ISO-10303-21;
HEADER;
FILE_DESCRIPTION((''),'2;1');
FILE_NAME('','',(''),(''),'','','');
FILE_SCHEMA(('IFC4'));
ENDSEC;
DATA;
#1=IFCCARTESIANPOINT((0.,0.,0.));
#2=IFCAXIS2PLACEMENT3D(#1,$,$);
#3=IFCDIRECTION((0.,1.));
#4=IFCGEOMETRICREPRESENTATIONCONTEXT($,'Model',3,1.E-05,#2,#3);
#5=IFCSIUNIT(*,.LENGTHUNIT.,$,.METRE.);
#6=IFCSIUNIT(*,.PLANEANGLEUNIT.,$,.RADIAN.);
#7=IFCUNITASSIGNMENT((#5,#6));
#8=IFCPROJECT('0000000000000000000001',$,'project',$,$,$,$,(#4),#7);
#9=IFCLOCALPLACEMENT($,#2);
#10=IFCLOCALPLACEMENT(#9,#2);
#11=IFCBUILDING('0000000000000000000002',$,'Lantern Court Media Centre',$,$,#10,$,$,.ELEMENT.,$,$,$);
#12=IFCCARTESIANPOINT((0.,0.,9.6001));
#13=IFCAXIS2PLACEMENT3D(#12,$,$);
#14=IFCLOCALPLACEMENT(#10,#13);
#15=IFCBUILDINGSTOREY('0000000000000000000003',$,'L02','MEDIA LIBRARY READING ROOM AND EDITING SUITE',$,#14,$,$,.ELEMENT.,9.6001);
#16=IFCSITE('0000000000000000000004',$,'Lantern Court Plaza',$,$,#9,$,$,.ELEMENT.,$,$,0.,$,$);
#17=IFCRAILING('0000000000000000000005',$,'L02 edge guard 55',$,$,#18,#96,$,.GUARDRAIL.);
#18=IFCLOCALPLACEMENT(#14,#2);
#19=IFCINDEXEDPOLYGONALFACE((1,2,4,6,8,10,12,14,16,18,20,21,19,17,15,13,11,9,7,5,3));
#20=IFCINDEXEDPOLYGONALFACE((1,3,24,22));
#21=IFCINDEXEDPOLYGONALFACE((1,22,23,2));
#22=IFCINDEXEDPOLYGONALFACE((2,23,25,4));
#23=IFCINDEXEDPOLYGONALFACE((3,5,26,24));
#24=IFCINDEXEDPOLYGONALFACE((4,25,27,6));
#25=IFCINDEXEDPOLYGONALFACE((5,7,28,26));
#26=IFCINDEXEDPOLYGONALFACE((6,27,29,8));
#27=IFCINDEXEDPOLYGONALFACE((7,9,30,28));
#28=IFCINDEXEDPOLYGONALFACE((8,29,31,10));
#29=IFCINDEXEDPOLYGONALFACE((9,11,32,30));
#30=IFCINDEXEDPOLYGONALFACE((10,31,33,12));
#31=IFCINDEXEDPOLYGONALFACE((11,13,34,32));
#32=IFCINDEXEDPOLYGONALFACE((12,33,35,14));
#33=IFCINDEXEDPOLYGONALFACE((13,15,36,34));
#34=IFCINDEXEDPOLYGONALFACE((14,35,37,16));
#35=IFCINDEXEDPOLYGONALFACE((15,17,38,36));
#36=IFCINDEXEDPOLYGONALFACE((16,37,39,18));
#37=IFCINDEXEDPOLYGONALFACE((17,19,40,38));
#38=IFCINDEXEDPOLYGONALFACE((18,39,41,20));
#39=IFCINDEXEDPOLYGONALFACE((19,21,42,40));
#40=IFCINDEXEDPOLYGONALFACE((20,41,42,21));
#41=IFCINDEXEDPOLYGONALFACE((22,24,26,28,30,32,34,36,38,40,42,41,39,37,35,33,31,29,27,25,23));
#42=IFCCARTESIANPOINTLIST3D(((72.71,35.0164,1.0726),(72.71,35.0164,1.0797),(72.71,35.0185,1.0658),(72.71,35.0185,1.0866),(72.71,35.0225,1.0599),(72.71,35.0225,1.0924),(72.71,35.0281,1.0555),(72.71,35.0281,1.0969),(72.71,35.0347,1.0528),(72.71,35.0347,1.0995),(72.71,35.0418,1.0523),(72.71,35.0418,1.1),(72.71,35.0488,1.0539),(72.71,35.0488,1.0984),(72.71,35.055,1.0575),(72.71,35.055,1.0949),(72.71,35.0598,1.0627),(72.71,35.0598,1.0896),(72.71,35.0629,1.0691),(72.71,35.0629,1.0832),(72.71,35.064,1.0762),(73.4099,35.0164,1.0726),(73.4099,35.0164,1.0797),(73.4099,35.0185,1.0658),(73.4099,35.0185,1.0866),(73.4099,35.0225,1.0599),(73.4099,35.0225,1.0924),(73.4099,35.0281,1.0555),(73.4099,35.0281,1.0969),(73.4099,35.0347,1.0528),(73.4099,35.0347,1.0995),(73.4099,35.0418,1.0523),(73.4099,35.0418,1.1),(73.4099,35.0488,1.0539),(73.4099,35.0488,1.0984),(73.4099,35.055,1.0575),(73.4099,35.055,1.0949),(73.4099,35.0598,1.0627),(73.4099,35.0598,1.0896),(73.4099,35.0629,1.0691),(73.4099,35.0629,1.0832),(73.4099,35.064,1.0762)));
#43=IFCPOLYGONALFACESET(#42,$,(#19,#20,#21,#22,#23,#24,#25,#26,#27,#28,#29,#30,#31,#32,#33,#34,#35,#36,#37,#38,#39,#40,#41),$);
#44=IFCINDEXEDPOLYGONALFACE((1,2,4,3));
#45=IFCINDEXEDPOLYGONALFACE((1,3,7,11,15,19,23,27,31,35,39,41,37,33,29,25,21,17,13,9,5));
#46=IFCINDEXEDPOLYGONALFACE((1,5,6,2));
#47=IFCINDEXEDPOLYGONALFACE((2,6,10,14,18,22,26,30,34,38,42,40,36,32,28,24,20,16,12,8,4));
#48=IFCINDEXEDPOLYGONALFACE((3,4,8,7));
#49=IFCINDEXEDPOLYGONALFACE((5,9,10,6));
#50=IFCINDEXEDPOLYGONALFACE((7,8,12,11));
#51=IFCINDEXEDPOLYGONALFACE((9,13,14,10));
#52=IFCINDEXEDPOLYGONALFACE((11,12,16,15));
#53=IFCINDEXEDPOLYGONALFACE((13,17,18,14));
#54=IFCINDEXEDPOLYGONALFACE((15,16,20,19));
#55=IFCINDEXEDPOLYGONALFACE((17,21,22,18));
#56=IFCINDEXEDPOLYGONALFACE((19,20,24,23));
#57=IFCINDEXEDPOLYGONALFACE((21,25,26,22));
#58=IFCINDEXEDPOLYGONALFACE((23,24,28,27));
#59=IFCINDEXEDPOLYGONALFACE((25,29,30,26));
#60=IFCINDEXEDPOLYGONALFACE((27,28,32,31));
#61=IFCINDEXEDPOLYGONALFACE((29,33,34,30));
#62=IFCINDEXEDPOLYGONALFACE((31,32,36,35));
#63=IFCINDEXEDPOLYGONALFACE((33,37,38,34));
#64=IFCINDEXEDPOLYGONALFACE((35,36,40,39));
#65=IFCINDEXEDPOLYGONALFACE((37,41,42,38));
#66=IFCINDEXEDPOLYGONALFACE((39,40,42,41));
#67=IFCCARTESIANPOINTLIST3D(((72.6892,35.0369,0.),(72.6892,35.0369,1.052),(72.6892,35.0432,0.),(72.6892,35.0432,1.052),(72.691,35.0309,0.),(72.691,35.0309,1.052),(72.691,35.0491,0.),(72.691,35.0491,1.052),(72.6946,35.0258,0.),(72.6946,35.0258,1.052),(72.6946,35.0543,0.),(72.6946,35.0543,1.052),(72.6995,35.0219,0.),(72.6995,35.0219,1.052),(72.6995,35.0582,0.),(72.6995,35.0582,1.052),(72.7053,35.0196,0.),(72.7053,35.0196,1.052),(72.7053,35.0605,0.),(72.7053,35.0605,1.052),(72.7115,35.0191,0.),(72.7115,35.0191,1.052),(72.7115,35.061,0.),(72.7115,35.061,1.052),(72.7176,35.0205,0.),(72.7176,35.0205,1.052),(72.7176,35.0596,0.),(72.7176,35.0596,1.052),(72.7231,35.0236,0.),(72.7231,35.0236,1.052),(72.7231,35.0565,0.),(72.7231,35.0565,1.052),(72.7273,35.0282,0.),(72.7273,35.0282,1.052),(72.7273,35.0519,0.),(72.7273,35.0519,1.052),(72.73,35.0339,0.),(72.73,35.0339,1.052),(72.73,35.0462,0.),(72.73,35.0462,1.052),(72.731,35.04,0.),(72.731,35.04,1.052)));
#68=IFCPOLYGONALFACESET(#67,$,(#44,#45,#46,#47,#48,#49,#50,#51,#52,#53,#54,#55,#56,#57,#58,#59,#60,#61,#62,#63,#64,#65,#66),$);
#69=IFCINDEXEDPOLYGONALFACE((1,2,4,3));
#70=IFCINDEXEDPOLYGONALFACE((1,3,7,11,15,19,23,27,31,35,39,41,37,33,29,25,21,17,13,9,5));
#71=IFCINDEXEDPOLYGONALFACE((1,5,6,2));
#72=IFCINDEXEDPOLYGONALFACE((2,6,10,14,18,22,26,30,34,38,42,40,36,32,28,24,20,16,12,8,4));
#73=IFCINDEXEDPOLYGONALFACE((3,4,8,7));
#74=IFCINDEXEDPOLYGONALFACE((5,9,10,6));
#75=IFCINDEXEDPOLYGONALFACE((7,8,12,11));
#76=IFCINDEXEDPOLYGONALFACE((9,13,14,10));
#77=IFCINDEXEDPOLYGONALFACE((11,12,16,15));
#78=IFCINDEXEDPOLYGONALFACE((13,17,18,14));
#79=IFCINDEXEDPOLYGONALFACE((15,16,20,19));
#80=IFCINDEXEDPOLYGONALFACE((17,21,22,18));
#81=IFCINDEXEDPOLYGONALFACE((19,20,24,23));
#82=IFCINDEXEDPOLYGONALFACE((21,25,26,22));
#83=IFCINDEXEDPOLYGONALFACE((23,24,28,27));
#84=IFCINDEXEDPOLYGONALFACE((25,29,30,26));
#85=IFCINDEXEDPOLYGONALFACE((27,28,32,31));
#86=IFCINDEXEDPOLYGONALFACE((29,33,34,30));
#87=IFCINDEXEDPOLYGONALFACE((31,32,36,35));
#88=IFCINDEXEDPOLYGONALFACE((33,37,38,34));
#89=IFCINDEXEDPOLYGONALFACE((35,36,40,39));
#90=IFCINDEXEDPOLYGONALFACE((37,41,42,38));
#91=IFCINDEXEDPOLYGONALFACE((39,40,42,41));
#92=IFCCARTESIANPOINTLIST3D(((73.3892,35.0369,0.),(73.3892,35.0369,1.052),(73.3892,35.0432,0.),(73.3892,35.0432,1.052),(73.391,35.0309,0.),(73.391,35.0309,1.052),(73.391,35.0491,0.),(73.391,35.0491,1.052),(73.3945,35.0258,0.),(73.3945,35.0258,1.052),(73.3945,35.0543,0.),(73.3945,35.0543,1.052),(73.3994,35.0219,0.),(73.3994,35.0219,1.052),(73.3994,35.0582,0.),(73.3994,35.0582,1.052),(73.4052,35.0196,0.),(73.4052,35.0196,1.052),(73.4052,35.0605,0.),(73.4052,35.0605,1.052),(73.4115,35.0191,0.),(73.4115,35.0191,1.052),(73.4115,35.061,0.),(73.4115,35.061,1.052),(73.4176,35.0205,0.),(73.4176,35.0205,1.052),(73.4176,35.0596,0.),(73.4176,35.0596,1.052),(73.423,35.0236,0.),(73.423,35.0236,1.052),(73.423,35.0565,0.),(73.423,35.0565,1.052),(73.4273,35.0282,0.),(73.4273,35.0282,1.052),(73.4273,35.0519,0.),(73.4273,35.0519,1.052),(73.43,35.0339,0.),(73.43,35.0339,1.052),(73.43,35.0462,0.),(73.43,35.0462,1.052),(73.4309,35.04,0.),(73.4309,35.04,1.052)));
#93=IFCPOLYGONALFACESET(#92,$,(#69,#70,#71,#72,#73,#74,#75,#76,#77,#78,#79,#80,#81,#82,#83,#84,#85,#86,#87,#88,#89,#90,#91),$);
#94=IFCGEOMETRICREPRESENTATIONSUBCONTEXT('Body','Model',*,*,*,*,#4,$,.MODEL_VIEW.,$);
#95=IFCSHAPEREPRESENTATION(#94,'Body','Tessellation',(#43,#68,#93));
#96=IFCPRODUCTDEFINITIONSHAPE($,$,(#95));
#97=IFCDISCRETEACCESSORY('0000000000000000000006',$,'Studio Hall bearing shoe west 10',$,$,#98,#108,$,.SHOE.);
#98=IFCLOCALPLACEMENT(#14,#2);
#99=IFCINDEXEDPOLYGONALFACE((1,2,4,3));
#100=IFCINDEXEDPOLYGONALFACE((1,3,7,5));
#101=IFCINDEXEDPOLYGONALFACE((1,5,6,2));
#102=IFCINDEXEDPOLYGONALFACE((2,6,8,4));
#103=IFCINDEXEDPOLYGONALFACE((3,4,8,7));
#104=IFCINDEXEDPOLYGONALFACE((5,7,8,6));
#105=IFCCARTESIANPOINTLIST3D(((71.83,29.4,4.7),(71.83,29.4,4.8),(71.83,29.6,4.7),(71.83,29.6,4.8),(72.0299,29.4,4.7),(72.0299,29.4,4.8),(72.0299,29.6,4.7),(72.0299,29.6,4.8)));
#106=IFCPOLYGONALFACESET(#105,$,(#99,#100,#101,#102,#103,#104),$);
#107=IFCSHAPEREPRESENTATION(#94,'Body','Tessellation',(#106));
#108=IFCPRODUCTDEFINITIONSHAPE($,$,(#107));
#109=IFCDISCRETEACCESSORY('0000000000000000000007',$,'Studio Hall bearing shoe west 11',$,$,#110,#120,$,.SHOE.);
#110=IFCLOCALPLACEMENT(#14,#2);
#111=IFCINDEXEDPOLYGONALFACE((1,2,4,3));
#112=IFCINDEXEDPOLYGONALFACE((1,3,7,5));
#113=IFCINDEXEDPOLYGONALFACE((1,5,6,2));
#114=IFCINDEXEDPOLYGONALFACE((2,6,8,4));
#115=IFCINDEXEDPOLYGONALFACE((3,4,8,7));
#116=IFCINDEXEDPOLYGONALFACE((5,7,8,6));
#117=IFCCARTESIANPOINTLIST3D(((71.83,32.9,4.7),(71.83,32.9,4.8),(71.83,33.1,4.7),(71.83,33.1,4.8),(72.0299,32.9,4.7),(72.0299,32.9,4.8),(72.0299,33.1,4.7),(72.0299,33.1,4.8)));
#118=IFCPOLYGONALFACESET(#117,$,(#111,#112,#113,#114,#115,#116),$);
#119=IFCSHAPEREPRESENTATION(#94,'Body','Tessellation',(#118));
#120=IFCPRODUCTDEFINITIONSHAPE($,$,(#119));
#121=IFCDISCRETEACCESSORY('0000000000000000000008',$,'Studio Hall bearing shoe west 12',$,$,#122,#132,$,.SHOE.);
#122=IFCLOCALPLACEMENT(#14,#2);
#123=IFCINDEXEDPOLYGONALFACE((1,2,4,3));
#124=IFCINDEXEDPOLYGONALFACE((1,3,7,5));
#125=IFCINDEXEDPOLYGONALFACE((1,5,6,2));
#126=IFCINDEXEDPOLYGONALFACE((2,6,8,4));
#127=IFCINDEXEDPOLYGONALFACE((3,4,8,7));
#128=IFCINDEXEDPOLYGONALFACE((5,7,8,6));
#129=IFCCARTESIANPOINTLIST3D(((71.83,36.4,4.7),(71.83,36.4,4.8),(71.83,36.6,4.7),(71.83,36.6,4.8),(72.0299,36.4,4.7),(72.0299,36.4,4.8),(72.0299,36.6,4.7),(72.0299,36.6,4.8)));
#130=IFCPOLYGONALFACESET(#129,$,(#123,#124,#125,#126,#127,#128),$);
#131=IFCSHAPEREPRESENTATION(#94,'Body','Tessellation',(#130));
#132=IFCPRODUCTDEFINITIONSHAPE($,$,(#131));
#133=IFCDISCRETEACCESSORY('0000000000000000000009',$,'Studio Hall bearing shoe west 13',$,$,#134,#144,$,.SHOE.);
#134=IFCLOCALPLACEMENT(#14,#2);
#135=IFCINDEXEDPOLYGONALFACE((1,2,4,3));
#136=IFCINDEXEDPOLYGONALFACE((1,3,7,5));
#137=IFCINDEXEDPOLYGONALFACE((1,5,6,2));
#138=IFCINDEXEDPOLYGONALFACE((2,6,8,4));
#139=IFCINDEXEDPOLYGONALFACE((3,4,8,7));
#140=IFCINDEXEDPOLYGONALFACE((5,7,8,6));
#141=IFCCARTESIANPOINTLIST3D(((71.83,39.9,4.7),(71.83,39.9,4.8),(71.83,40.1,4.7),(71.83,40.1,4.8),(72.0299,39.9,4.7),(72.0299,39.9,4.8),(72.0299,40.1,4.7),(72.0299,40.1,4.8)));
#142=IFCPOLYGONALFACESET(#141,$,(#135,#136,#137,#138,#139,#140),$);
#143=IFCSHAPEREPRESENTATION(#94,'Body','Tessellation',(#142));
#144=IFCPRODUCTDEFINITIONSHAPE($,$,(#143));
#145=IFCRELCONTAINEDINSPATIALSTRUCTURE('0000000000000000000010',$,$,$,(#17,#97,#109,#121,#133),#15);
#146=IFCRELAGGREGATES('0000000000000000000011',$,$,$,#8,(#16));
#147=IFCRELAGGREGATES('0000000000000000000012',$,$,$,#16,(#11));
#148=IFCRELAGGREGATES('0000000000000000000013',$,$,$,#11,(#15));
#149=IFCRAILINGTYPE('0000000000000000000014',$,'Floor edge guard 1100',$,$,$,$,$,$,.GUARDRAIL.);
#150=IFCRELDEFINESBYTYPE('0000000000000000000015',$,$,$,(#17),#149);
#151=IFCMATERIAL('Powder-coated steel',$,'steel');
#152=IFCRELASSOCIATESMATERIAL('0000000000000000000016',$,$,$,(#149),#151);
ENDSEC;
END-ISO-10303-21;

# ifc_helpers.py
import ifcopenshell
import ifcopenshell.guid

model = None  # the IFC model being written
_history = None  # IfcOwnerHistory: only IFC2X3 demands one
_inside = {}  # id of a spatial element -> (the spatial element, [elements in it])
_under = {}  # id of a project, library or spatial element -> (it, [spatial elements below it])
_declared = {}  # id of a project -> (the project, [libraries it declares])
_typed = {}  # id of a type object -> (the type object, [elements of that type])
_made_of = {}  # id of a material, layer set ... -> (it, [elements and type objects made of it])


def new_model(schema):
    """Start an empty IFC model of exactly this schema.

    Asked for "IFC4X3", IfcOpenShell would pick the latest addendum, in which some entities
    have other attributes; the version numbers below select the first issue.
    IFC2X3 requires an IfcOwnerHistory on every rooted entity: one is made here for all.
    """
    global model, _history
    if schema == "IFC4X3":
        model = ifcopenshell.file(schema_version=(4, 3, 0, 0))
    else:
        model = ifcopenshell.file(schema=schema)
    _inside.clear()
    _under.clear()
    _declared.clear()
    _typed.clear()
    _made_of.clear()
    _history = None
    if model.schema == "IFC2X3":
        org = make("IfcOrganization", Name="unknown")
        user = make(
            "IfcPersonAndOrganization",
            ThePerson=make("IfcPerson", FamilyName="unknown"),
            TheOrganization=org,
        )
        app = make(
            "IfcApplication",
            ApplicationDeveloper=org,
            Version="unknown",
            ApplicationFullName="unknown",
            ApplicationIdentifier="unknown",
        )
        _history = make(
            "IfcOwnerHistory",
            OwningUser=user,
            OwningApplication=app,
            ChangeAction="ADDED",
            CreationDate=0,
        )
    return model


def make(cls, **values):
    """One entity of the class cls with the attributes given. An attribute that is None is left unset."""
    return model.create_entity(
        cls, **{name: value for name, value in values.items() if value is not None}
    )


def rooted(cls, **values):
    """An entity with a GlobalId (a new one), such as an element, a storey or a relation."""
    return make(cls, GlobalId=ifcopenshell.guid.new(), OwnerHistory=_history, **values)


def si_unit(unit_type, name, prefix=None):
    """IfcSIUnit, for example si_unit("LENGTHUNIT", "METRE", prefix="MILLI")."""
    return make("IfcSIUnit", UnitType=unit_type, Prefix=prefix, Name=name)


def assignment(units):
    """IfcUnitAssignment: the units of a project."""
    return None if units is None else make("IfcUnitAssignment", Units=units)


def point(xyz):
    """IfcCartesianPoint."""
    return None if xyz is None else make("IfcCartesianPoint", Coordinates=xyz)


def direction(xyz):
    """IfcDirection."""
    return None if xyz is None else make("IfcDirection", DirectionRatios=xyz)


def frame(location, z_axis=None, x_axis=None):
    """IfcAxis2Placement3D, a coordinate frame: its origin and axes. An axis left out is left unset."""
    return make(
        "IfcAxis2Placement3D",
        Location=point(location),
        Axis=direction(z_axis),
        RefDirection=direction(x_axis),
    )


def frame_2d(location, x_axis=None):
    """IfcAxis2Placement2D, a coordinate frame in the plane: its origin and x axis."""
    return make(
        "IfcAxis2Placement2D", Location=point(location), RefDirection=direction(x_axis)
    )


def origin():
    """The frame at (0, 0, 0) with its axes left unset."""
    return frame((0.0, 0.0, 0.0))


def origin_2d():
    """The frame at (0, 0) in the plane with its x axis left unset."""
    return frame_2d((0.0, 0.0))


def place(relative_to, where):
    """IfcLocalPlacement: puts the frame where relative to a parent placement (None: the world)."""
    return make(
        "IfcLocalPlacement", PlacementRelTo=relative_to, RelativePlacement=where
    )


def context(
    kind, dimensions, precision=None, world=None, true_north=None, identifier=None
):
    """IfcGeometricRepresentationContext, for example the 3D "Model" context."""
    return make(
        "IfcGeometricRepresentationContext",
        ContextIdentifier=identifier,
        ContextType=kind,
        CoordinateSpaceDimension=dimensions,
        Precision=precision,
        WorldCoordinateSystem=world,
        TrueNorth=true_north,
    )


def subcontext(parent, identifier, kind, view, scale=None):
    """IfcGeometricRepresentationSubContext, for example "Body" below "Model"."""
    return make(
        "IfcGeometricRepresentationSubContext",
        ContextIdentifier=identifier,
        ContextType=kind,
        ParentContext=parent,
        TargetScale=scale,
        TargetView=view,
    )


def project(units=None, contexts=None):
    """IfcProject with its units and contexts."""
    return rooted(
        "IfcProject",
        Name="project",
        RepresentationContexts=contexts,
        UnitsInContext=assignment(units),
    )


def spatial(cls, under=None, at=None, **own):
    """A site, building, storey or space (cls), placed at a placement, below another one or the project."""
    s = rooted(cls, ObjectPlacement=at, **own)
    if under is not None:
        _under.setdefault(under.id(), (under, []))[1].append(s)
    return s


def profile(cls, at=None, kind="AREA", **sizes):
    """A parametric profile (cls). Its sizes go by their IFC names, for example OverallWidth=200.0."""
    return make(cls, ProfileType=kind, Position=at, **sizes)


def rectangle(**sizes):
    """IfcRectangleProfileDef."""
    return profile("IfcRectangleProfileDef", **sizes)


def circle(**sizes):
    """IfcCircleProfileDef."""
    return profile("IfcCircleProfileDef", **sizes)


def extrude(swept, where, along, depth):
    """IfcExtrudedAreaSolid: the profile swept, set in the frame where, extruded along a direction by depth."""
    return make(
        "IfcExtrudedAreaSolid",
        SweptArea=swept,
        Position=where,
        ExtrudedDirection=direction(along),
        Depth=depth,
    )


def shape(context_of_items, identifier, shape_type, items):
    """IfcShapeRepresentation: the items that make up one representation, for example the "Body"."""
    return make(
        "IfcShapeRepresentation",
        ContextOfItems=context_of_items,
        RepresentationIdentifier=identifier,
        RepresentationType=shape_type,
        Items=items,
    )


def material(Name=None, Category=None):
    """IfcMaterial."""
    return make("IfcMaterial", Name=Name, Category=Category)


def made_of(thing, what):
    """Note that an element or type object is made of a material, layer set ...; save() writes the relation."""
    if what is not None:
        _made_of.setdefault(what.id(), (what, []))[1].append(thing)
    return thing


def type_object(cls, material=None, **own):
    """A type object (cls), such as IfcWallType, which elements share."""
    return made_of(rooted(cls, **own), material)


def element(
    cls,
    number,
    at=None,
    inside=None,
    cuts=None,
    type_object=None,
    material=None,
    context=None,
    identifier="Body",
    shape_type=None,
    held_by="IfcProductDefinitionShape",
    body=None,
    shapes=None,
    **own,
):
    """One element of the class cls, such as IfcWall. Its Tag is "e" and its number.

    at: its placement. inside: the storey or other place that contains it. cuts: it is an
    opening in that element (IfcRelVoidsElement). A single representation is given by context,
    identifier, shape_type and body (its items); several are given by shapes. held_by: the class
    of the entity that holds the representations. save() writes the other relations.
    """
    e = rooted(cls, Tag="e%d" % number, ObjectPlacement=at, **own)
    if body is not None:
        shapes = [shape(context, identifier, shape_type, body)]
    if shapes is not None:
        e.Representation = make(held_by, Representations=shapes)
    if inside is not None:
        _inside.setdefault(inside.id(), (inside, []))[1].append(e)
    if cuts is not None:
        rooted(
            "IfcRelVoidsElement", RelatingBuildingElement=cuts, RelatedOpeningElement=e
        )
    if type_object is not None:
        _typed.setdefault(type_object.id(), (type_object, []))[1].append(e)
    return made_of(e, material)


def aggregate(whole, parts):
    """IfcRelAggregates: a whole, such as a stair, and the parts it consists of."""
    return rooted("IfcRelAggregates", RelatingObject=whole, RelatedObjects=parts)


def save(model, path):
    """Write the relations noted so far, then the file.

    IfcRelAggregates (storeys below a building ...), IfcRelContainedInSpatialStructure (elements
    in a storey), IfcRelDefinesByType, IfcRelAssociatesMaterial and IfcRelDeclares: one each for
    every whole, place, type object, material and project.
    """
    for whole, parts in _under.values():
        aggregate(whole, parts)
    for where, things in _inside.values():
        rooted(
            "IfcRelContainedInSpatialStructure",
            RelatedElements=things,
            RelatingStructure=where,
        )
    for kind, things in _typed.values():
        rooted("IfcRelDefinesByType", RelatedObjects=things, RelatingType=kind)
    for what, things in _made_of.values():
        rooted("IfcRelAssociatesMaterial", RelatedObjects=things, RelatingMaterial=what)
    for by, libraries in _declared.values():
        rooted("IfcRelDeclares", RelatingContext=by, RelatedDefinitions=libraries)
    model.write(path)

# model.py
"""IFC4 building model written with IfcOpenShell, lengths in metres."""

from ifc_helpers import new_model, si_unit, direction, frame, origin, origin_2d, place, context, subcontext, project, spatial, rectangle, circle, extrude, material, type_object, element, save


model = new_model("IFC4")

# Units and contexts
model_context = context("Model", 3, precision=1e-05, world=origin(), true_north=direction((0.0, 1.0)))
body_context = subcontext(model_context, "Body", "Model", "MODEL_VIEW")
ifc_project = project(units=[si_unit("LENGTHUNIT", "METRE"), si_unit("PLANEANGLEUNIT", "RADIAN")], contexts=[model_context])

# Site, building, storey
site_placement = place(None, origin())
site = spatial("IfcSite", under=ifc_project, at=site_placement, Name="Lantern Court Plaza", CompositionType="ELEMENT", RefElevation=0.0)
building_placement = place(site_placement, origin())
building = spatial("IfcBuilding", under=site, at=building_placement, Name="Lantern Court Media Centre", CompositionType="ELEMENT")
storey_placement = place(building_placement, frame((0.0, 0.0, 9.6001)))
storey = spatial("IfcBuildingStorey", under=building, at=storey_placement, Name="L02", Description="MEDIA LIBRARY READING ROOM AND EDITING SUITE", CompositionType="ELEMENT", Elevation=9.6001)

# Railing
ifc_material_1 = material(Name="Powder-coated steel", Category="steel")
railing_type = type_object("IfcRailingType", Name="Floor edge guard 1100", PredefinedType="GUARDRAIL", material=ifc_material_1)
railing_placement = place(storey_placement, frame((72.71, 35.04, 0.0)))
element("IfcRailing", 1, at=railing_placement, inside=storey, type_object=railing_type, Name="L02 edge guard 55", PredefinedType="GUARDRAIL", context=body_context, shape_type="SweptSolid", body=[
    extrude(circle(Radius=0.0239, at=origin_2d()), frame((0.0, 0.0, 1.0762), z_axis=(1.0, 0.0, 0.0), x_axis=(0.0, 1.0, 0.0)), (0.0, 0.0, 1.0), 0.7),
    extrude(circle(Radius=0.021, at=origin_2d()), origin(), (0.0, 0.0, 1.0), 1.052),
    extrude(circle(Radius=0.021, at=origin_2d()), frame((0.7, 0.0, 0.0)), (0.0, 0.0, 1.0), 1.052),
])

# Discrete accessories
for number, where, z_axis, x_axis, name in (
    (2, (71.9299, 29.5, 4.7), (0.0, 0.0, 1.0), (1.0, 0.0, 0.0), "Studio Hall bearing shoe west 10"),
    (3, (71.9299, 33.0, 4.7), (0.0, 0.0, 1.0), (1.0, 0.0, 0.0), "Studio Hall bearing shoe west 11"),
    (4, (71.9299, 36.5, 4.7), (0.0, 0.0, 1.0), (1.0, 0.0, 0.0), "Studio Hall bearing shoe west 12"),
    (5, (71.9299, 40.0, 4.7), (0.0, 0.0, 1.0), (1.0, 0.0, 0.0), "Studio Hall bearing shoe west 13"),
):
    element("IfcDiscreteAccessory", number, at=place(storey_placement, frame(where, z_axis=z_axis, x_axis=x_axis)), inside=storey, Name=name, PredefinedType="SHOE", context=body_context, shape_type="SweptSolid", body=[
        extrude(rectangle(XDim=0.2, YDim=0.2, at=origin_2d()), origin(), (0.0, 0.0, 1.0), 0.1001),
    ])

save(model, "model.ifc")
